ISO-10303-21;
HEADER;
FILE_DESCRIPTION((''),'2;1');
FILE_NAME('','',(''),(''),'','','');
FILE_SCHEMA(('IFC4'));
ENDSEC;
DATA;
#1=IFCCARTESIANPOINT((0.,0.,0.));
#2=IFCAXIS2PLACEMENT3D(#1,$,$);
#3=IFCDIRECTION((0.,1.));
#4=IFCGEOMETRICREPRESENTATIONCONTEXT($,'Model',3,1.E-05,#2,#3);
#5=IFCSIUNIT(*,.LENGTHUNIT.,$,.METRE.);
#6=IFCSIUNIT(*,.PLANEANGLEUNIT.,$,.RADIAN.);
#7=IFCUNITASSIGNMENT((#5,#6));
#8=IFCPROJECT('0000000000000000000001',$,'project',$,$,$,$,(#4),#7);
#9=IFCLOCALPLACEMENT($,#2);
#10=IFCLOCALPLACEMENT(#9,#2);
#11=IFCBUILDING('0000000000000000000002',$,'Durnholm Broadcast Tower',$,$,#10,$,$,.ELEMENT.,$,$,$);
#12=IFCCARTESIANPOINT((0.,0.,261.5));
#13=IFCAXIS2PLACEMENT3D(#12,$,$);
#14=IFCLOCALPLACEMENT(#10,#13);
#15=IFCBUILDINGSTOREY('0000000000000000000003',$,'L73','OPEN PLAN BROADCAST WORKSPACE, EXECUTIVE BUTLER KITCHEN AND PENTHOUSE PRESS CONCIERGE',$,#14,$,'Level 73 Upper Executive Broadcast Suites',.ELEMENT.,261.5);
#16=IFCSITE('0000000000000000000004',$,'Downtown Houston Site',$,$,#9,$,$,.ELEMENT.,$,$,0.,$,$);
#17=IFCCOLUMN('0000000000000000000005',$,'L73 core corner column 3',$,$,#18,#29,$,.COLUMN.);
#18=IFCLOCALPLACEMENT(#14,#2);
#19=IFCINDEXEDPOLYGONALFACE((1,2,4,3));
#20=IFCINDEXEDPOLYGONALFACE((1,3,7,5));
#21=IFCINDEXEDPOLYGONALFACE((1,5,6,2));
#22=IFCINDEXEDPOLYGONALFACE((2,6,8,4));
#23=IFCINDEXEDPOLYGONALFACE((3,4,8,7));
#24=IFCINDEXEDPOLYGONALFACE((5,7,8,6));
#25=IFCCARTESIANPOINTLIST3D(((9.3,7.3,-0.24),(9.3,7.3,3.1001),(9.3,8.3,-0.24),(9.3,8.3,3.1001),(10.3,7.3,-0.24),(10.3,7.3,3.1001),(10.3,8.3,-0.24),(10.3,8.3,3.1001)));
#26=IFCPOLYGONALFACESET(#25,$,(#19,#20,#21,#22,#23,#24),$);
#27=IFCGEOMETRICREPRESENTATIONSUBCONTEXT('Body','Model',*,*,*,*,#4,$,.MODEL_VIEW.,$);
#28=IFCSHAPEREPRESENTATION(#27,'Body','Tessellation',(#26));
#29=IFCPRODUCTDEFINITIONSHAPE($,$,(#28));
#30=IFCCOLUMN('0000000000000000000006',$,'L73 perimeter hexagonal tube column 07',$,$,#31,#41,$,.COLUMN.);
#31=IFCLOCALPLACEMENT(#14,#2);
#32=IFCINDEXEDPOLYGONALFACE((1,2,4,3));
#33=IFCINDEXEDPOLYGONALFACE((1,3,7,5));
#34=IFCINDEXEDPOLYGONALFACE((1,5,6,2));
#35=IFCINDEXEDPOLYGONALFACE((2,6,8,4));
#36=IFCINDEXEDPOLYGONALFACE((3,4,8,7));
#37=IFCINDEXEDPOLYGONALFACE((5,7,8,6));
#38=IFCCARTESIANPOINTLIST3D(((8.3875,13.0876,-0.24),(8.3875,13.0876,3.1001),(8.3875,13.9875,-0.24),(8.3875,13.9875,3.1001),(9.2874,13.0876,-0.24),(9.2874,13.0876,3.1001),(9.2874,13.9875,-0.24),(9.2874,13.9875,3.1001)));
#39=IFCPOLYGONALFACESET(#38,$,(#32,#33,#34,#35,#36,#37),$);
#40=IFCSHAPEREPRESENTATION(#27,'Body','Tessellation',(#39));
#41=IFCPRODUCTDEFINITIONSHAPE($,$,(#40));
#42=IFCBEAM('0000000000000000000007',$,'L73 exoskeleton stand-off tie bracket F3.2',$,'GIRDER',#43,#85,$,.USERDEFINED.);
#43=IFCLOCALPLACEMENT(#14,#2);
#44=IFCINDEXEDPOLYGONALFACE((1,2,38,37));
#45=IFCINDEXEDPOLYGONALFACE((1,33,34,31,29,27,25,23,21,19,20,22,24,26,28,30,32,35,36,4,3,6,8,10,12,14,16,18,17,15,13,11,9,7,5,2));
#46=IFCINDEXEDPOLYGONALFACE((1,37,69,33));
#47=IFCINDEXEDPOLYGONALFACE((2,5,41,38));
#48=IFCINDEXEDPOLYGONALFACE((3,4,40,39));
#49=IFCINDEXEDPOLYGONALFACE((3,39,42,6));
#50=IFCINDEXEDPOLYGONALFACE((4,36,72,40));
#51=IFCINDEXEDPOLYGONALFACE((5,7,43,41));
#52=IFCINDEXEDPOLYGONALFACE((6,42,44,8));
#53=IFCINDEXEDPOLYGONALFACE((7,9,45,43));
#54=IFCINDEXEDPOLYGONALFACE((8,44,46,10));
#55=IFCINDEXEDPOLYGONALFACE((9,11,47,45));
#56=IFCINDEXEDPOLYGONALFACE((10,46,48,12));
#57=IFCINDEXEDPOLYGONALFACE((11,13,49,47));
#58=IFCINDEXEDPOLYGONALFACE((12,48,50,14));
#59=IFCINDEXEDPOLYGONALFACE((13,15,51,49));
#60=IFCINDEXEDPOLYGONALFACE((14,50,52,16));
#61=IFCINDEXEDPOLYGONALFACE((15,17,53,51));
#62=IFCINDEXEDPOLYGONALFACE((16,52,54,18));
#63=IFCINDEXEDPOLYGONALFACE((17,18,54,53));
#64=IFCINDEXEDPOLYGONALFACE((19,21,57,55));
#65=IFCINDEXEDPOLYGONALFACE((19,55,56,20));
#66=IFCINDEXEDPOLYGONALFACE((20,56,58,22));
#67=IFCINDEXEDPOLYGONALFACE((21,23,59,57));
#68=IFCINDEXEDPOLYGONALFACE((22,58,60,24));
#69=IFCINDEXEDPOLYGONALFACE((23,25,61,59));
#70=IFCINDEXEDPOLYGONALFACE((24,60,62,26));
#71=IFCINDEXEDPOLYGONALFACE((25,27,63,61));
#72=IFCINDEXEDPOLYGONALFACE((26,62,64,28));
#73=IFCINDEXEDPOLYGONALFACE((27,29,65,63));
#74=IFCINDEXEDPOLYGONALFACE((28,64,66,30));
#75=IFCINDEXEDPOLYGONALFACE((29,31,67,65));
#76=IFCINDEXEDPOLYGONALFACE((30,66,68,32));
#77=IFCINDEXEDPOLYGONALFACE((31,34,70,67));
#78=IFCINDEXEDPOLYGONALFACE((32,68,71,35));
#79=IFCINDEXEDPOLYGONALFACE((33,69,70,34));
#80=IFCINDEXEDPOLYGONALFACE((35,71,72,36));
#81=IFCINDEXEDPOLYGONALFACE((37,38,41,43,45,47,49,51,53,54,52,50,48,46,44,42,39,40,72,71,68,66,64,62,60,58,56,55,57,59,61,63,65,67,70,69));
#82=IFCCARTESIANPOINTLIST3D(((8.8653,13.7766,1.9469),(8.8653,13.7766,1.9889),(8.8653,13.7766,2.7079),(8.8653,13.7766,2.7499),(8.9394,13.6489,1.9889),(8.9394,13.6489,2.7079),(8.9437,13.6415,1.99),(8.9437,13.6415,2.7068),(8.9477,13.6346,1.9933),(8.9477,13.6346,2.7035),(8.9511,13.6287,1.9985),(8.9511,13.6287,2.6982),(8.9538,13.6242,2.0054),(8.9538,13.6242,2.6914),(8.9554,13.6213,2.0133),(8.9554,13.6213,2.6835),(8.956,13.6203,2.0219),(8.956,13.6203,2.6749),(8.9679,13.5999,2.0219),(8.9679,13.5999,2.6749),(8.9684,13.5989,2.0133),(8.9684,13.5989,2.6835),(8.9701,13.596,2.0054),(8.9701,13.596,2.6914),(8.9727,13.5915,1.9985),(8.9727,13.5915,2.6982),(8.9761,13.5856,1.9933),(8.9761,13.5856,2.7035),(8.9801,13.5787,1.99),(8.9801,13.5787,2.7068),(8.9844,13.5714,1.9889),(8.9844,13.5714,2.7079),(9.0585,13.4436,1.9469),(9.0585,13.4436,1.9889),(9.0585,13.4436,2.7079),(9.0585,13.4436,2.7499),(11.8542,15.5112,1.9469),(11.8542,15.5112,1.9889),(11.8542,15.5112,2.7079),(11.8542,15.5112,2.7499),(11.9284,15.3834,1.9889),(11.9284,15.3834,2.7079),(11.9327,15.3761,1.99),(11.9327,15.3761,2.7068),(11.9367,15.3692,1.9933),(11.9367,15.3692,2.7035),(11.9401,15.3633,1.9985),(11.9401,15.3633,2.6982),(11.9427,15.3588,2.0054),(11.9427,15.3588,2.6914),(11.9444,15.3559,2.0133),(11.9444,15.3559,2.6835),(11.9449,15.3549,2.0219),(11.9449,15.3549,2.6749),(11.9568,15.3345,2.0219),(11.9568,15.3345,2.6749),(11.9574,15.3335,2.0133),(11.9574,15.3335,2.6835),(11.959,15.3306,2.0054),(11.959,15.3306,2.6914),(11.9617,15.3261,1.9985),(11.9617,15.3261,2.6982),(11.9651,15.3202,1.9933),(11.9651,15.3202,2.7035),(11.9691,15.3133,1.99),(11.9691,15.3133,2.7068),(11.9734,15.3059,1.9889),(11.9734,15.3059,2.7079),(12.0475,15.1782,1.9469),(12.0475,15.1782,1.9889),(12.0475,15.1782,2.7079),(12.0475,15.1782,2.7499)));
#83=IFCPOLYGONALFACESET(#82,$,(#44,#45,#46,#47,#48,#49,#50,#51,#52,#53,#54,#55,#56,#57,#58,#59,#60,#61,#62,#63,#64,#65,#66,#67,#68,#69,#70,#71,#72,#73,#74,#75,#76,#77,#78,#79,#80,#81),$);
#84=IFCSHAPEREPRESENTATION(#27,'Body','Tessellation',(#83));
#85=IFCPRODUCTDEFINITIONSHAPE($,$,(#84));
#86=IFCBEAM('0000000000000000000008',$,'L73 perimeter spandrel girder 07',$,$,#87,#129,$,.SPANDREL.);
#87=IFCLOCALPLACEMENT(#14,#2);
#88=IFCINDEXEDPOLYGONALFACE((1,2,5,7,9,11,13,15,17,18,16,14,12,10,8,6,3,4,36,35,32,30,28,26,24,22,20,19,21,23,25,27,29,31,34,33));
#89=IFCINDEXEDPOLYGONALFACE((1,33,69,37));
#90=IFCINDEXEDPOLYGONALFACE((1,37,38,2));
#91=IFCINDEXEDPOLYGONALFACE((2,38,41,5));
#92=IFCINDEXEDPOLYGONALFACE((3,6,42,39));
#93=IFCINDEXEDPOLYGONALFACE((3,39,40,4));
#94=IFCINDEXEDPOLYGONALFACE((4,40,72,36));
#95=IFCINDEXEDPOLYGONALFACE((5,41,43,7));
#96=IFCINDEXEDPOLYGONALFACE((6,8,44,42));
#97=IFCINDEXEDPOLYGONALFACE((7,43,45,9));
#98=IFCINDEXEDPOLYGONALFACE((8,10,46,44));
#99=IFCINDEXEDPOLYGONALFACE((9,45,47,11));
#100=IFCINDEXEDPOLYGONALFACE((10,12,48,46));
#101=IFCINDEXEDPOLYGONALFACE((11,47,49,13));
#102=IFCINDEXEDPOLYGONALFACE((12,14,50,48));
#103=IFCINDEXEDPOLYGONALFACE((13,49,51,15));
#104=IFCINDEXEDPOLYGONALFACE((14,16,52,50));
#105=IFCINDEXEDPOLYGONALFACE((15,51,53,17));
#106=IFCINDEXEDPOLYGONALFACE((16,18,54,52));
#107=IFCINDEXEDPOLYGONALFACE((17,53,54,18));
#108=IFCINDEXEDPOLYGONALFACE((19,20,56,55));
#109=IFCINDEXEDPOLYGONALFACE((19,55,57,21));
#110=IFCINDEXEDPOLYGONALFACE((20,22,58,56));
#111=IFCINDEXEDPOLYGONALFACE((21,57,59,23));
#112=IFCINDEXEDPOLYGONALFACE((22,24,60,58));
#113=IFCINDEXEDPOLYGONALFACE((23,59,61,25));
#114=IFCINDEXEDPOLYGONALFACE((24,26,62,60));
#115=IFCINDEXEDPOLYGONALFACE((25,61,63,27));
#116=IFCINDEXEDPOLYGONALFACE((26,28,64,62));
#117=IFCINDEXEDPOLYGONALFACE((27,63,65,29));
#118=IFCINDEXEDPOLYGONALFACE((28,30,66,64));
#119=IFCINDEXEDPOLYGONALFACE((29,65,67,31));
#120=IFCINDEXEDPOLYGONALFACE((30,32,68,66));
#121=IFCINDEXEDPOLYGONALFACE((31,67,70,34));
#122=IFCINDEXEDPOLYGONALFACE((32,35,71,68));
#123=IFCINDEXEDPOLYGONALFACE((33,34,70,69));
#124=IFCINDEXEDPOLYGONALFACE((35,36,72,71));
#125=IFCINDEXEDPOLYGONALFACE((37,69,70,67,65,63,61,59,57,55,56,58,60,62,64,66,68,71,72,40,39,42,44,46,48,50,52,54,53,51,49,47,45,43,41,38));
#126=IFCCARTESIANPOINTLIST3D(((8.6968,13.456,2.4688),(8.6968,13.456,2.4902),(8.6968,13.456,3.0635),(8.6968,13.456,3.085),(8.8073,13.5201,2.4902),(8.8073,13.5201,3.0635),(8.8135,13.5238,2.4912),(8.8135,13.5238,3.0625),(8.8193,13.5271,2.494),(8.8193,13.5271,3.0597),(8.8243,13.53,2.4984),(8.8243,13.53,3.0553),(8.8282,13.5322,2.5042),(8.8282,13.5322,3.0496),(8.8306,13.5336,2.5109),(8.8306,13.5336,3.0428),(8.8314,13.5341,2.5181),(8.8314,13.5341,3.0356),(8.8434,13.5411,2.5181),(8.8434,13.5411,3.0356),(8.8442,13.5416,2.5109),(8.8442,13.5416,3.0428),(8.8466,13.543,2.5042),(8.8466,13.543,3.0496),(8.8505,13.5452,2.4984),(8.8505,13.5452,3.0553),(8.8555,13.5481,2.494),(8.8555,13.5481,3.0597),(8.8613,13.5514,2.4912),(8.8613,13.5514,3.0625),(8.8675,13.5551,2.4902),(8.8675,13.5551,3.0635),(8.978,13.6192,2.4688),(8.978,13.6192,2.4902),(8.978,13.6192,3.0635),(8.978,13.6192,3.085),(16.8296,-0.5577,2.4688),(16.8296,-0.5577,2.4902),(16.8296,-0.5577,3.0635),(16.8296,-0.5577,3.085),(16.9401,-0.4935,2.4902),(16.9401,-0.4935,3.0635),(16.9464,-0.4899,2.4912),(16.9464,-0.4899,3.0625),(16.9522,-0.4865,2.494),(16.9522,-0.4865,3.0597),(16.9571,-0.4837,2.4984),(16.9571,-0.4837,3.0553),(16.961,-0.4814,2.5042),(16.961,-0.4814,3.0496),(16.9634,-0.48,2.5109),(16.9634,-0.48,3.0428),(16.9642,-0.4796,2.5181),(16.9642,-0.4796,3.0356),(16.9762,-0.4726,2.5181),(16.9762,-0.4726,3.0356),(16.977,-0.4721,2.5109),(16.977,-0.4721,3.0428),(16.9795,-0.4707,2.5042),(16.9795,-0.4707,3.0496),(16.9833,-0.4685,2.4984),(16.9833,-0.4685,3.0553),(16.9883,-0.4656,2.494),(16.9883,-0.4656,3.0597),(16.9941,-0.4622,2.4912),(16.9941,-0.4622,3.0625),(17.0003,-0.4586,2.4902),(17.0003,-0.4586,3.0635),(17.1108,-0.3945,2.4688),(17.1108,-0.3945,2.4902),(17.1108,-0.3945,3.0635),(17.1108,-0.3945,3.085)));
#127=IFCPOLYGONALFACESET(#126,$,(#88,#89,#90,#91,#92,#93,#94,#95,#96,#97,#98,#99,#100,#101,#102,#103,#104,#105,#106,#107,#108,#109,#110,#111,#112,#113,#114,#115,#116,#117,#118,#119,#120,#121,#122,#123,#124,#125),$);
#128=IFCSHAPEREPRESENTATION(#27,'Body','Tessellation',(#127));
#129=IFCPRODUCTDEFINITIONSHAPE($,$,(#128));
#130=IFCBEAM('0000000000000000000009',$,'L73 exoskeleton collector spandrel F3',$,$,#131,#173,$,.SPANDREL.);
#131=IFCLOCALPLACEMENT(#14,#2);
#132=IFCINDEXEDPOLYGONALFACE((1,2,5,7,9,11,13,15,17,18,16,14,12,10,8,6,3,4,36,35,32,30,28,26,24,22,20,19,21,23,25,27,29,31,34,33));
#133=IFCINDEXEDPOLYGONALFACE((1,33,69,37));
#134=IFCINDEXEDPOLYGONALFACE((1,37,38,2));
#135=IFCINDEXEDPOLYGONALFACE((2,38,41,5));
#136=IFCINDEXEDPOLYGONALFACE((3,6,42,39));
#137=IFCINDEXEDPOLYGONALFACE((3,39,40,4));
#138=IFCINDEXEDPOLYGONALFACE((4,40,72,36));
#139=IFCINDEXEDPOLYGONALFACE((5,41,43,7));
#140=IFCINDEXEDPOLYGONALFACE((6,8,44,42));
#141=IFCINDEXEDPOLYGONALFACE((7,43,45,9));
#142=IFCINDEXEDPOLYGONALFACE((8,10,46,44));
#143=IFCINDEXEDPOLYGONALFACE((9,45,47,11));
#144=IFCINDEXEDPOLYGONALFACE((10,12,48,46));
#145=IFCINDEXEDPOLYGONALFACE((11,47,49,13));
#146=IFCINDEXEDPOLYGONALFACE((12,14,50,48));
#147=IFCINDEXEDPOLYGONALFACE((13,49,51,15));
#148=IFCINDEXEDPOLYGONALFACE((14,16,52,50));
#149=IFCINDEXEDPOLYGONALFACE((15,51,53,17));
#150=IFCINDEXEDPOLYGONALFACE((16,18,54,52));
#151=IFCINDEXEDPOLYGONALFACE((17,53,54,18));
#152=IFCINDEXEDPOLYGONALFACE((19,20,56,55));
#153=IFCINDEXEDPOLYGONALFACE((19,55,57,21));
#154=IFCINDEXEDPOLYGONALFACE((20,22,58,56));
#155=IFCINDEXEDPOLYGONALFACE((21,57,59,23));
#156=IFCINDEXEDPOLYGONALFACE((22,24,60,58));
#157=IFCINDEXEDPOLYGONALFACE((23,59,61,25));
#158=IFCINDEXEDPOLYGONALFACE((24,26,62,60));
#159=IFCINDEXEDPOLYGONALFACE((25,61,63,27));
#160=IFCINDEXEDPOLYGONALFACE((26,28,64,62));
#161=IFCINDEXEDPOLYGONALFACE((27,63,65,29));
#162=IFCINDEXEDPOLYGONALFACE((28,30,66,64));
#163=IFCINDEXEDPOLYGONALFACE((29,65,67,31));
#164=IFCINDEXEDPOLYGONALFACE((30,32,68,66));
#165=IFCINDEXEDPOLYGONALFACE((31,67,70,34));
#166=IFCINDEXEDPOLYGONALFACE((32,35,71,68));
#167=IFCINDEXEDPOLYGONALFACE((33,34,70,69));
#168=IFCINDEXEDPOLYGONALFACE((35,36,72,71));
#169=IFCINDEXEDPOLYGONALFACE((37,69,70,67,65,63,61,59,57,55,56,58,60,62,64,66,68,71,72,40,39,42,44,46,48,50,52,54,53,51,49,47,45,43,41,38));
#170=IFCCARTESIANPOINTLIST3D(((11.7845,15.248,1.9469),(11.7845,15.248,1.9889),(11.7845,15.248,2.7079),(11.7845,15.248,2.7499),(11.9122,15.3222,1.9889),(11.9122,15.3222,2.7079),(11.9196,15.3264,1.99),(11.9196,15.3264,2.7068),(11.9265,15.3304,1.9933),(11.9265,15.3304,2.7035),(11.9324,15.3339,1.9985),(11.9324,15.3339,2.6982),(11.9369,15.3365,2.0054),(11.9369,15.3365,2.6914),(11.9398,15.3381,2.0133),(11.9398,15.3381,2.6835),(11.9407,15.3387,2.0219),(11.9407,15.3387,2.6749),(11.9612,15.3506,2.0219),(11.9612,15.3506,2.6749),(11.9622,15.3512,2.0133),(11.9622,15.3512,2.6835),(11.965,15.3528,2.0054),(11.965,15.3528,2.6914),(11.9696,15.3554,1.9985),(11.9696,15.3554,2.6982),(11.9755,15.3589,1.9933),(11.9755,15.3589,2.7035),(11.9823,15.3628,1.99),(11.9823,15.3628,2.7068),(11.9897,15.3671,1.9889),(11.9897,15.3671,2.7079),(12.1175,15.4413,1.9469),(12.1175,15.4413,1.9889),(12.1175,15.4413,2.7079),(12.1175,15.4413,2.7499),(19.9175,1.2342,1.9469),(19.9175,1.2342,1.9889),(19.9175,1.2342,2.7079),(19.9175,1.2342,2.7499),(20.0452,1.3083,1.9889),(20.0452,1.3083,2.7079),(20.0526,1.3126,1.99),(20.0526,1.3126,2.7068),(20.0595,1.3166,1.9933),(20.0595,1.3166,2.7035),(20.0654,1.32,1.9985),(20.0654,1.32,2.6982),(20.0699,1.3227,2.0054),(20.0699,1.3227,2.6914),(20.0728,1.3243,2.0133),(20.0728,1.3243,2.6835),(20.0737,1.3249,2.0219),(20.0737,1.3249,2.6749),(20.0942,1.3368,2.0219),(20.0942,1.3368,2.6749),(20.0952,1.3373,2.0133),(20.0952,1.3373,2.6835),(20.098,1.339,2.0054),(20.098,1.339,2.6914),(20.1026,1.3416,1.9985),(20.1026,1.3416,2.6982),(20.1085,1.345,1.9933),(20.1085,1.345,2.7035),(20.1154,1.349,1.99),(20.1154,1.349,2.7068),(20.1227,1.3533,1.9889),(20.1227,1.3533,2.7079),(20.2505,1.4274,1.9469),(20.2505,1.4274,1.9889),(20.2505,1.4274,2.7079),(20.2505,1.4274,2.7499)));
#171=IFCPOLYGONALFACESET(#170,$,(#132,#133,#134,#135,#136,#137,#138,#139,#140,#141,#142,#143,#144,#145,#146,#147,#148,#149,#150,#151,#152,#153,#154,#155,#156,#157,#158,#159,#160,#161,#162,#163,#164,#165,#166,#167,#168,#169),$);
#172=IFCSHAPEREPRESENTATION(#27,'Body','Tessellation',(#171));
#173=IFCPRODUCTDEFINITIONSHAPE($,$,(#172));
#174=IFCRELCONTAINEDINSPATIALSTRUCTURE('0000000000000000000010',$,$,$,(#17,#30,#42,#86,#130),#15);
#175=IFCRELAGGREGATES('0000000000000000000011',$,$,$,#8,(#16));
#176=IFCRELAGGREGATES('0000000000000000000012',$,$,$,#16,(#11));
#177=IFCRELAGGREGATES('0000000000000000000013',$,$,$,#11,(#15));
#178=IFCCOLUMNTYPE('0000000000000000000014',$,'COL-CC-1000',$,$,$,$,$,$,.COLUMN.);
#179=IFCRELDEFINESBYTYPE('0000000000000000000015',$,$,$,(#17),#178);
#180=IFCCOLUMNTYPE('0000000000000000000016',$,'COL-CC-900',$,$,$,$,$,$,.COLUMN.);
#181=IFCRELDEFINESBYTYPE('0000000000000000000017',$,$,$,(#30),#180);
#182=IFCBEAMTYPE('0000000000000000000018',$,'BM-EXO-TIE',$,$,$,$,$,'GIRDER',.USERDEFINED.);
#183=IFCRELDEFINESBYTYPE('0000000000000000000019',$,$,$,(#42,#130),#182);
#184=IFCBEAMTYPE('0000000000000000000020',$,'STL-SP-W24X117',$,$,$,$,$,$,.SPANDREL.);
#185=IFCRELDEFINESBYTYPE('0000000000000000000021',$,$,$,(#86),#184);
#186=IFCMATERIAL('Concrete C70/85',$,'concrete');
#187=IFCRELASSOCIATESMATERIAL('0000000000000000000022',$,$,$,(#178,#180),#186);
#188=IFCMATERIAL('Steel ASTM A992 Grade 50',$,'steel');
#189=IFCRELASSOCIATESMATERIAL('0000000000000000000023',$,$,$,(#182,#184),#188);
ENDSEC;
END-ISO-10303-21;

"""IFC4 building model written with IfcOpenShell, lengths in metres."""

from ifc_helpers import new_model, si_unit, direction, frame, origin, origin_2d, place, context, subcontext, project, spatial, rectangle, i_section, extrude, source, transform, mapped, material, material_profile, profile_set, type_object, type_shapes, element, save


model = new_model("IFC4")

# Units and contexts
model_context = context("Model", 3, precision=1e-05, world=origin(), true_north=direction((0.0, 1.0)))
body_context = subcontext(model_context, "Body", "Model", "MODEL_VIEW")
ifc_project = project(units=[si_unit("LENGTHUNIT", "METRE"), si_unit("PLANEANGLEUNIT", "RADIAN")], contexts=[model_context])

# Site, building, storey
site_placement = place(None, origin())
site = spatial("IfcSite", under=ifc_project, at=site_placement, Name="Downtown Houston Site", CompositionType="ELEMENT", RefElevation=0.0)
building_placement = place(site_placement, origin())
building = spatial("IfcBuilding", under=site, at=building_placement, Name="Durnholm Broadcast Tower", CompositionType="ELEMENT")
storey_placement = place(building_placement, frame((0.0, 0.0, 261.5)))
storey = spatial("IfcBuildingStorey", under=building, at=storey_placement, Name="L73", Description="OPEN PLAN BROADCAST WORKSPACE, EXECUTIVE BUTLER KITCHEN AND PENTHOUSE PRESS CONCIERGE", LongName="Level 73 Upper Executive Broadcast Suites", CompositionType="ELEMENT", Elevation=261.5)

# Columns
ifc_material_1 = material(Name="Concrete C70/85", Category="concrete")
ifc_material_profile_1 = material_profile(ifc_material_1, rectangle(XDim=1.0, YDim=1.0, at=origin_2d()), Name="RC1000X1000")
ifc_profile_set_1 = profile_set([ifc_material_profile_1], Name="Concrete C70/85")
column_type_1 = type_object("IfcColumnType", Name="COL-CC-1000", PredefinedType="COLUMN", material=ifc_profile_set_1)
shared_shape_1 = source(origin(), body_context, "Body", "SweptSolid", [
    extrude(rectangle(XDim=1.0, YDim=1.0, at=origin_2d()), origin(), (0.0, 0.0, 1.0), 3.3401),
])
type_shapes(column_type_1, [shared_shape_1])
column_1_placement = place(storey_placement, frame((9.8, 7.8, -0.24), z_axis=(0.0, 0.0, 1.0), x_axis=(1.0, 0.0, 0.0)))
element("IfcColumn", 1, at=column_1_placement, inside=storey, type_object=column_type_1, Name="L73 core corner column 3", PredefinedType="COLUMN", context=body_context, shape_type="MappedRepresentation", body=[
    mapped(shared_shape_1, transform((0.0, 0.0, 0.0), x_axis=(1.0, 0.0, 0.0), y_axis=(0.0, 1.0, 0.0), z_axis=(0.0, 0.0, 1.0), scale=1.0)),
])
ifc_material_profile_2 = material_profile(ifc_material_1, rectangle(XDim=0.8999, YDim=0.8999, at=origin_2d()), Name="RC900X900")
ifc_profile_set_2 = profile_set([ifc_material_profile_2], Name="Concrete C70/85")
column_type_2 = type_object("IfcColumnType", Name="COL-CC-900", PredefinedType="COLUMN", material=ifc_profile_set_2)
shared_shape_2 = source(origin(), body_context, "Body", "SweptSolid", [
    extrude(rectangle(XDim=0.8999, YDim=0.8999, at=origin_2d()), origin(), (0.0, 0.0, 1.0), 3.3401),
])
type_shapes(column_type_2, [shared_shape_2])
column_2_placement = place(storey_placement, frame((8.8374, 13.5376, -0.24), z_axis=(0.0, 0.0, 1.0), x_axis=(1.0, 0.0, 0.0)))
element("IfcColumn", 2, at=column_2_placement, inside=storey, type_object=column_type_2, Name="L73 perimeter hexagonal tube column 07", PredefinedType="COLUMN", context=body_context, shape_type="MappedRepresentation", body=[
    mapped(shared_shape_2, transform((0.0, 0.0, 0.0), x_axis=(1.0, 0.0, 0.0), y_axis=(0.0, 1.0, 0.0), z_axis=(0.0, 0.0, 1.0), scale=1.0)),
])

# Beams
ifc_material_2 = material(Name="Steel ASTM A992 Grade 50", Category="steel")
ifc_material_profile_3 = material_profile(ifc_material_2, i_section(OverallWidth=0.385, OverallDepth=0.803, WebThickness=0.0237, FlangeThickness=0.042, FilletRadius=0.033, at=origin_2d()), Name="W30X261")
ifc_profile_set_3 = profile_set([ifc_material_profile_3], Name="Steel ASTM A992 Grade 50")
beam_type_1 = type_object("IfcBeamType", Name="BM-EXO-TIE", ElementType="GIRDER", PredefinedType="USERDEFINED", material=ifc_profile_set_3)
shared_shape_3 = source(origin(), body_context, "Body", "SweptSolid", [
    extrude(i_section(OverallWidth=0.385, OverallDepth=0.803, WebThickness=0.0237, FlangeThickness=0.042, FilletRadius=0.033, at=origin_2d()), origin(), (0.0, 0.0, 1.0), 3.4558),
])
beam_1_placement = place(storey_placement, frame((8.9619, 13.6101, 2.3484), z_axis=(0.864907, 0.501933, 0.0), x_axis=(-0.501933, 0.864907, 0.0)))
element("IfcBeam", 3, at=beam_1_placement, inside=storey, type_object=beam_type_1, Name="L73 exoskeleton stand-off tie bracket F3.2", ObjectType="GIRDER", PredefinedType="USERDEFINED", context=body_context, shape_type="MappedRepresentation", body=[
    mapped(shared_shape_3, transform((0.0, 0.0, 0.0), x_axis=(1.0, 0.0, 0.0), y_axis=(0.0, 1.0, 0.0), z_axis=(0.0, 0.0, 1.0), scale=1.0)),
])
ifc_material_profile_4 = material_profile(ifc_material_2, i_section(OverallWidth=0.3252, OverallDepth=0.6162, WebThickness=0.0139, FlangeThickness=0.0215, FilletRadius=0.0278, at=origin_2d()), Name="W24X117")
ifc_profile_set_4 = profile_set([ifc_material_profile_4], Name="Steel ASTM A992 Grade 50")
beam_type_2 = type_object("IfcBeamType", Name="STL-SP-W24X117", PredefinedType="SPANDREL", material=ifc_profile_set_4)
shared_shape_4 = source(origin(), body_context, "Body", "SweptSolid", [
    extrude(i_section(OverallWidth=0.3252, OverallDepth=0.6162, WebThickness=0.0139, FlangeThickness=0.0215, FilletRadius=0.0278, at=origin_2d()), origin(), (0.0, 0.0, 1.0), 16.2026),
])
type_shapes(beam_type_2, [shared_shape_4])
beam_2_placement = place(storey_placement, frame((8.8374, 13.5376, 2.7769), z_axis=(0.501944, -0.8649, 0.0), x_axis=(0.8649, 0.501944, 0.0)))
element("IfcBeam", 4, at=beam_2_placement, inside=storey, type_object=beam_type_2, Name="L73 perimeter spandrel girder 07", PredefinedType="SPANDREL", context=body_context, shape_type="MappedRepresentation", body=[
    mapped(shared_shape_4, transform((0.0, 0.0, 0.0), x_axis=(1.0, 0.0, 0.0), y_axis=(0.0, 1.0, 0.0), z_axis=(0.0, 0.0, 1.0), scale=1.0)),
])
shared_shape_5 = source(origin(), body_context, "Body", "SweptSolid", [
    extrude(i_section(OverallWidth=0.385, OverallDepth=0.803, WebThickness=0.0237, FlangeThickness=0.042, FilletRadius=0.033, at=origin_2d()), origin(), (0.0, 0.0, 1.0), 16.2029),
])
beam_3_placement = place(storey_placement, frame((20.084, 1.3308, 2.3484), z_axis=(-0.501948, 0.864898, 0.0), x_axis=(-0.864898, -0.501948, 0.0)))
element("IfcBeam", 5, at=beam_3_placement, inside=storey, type_object=beam_type_1, Name="L73 exoskeleton collector spandrel F3", PredefinedType="SPANDREL", context=body_context, shape_type="MappedRepresentation", body=[
    mapped(shared_shape_5, transform((0.0, 0.0, 0.0), x_axis=(1.0, 0.0, 0.0), y_axis=(0.0, 1.0, 0.0), z_axis=(0.0, 0.0, 1.0), scale=1.0)),
])

save(model, "model.ifc")
